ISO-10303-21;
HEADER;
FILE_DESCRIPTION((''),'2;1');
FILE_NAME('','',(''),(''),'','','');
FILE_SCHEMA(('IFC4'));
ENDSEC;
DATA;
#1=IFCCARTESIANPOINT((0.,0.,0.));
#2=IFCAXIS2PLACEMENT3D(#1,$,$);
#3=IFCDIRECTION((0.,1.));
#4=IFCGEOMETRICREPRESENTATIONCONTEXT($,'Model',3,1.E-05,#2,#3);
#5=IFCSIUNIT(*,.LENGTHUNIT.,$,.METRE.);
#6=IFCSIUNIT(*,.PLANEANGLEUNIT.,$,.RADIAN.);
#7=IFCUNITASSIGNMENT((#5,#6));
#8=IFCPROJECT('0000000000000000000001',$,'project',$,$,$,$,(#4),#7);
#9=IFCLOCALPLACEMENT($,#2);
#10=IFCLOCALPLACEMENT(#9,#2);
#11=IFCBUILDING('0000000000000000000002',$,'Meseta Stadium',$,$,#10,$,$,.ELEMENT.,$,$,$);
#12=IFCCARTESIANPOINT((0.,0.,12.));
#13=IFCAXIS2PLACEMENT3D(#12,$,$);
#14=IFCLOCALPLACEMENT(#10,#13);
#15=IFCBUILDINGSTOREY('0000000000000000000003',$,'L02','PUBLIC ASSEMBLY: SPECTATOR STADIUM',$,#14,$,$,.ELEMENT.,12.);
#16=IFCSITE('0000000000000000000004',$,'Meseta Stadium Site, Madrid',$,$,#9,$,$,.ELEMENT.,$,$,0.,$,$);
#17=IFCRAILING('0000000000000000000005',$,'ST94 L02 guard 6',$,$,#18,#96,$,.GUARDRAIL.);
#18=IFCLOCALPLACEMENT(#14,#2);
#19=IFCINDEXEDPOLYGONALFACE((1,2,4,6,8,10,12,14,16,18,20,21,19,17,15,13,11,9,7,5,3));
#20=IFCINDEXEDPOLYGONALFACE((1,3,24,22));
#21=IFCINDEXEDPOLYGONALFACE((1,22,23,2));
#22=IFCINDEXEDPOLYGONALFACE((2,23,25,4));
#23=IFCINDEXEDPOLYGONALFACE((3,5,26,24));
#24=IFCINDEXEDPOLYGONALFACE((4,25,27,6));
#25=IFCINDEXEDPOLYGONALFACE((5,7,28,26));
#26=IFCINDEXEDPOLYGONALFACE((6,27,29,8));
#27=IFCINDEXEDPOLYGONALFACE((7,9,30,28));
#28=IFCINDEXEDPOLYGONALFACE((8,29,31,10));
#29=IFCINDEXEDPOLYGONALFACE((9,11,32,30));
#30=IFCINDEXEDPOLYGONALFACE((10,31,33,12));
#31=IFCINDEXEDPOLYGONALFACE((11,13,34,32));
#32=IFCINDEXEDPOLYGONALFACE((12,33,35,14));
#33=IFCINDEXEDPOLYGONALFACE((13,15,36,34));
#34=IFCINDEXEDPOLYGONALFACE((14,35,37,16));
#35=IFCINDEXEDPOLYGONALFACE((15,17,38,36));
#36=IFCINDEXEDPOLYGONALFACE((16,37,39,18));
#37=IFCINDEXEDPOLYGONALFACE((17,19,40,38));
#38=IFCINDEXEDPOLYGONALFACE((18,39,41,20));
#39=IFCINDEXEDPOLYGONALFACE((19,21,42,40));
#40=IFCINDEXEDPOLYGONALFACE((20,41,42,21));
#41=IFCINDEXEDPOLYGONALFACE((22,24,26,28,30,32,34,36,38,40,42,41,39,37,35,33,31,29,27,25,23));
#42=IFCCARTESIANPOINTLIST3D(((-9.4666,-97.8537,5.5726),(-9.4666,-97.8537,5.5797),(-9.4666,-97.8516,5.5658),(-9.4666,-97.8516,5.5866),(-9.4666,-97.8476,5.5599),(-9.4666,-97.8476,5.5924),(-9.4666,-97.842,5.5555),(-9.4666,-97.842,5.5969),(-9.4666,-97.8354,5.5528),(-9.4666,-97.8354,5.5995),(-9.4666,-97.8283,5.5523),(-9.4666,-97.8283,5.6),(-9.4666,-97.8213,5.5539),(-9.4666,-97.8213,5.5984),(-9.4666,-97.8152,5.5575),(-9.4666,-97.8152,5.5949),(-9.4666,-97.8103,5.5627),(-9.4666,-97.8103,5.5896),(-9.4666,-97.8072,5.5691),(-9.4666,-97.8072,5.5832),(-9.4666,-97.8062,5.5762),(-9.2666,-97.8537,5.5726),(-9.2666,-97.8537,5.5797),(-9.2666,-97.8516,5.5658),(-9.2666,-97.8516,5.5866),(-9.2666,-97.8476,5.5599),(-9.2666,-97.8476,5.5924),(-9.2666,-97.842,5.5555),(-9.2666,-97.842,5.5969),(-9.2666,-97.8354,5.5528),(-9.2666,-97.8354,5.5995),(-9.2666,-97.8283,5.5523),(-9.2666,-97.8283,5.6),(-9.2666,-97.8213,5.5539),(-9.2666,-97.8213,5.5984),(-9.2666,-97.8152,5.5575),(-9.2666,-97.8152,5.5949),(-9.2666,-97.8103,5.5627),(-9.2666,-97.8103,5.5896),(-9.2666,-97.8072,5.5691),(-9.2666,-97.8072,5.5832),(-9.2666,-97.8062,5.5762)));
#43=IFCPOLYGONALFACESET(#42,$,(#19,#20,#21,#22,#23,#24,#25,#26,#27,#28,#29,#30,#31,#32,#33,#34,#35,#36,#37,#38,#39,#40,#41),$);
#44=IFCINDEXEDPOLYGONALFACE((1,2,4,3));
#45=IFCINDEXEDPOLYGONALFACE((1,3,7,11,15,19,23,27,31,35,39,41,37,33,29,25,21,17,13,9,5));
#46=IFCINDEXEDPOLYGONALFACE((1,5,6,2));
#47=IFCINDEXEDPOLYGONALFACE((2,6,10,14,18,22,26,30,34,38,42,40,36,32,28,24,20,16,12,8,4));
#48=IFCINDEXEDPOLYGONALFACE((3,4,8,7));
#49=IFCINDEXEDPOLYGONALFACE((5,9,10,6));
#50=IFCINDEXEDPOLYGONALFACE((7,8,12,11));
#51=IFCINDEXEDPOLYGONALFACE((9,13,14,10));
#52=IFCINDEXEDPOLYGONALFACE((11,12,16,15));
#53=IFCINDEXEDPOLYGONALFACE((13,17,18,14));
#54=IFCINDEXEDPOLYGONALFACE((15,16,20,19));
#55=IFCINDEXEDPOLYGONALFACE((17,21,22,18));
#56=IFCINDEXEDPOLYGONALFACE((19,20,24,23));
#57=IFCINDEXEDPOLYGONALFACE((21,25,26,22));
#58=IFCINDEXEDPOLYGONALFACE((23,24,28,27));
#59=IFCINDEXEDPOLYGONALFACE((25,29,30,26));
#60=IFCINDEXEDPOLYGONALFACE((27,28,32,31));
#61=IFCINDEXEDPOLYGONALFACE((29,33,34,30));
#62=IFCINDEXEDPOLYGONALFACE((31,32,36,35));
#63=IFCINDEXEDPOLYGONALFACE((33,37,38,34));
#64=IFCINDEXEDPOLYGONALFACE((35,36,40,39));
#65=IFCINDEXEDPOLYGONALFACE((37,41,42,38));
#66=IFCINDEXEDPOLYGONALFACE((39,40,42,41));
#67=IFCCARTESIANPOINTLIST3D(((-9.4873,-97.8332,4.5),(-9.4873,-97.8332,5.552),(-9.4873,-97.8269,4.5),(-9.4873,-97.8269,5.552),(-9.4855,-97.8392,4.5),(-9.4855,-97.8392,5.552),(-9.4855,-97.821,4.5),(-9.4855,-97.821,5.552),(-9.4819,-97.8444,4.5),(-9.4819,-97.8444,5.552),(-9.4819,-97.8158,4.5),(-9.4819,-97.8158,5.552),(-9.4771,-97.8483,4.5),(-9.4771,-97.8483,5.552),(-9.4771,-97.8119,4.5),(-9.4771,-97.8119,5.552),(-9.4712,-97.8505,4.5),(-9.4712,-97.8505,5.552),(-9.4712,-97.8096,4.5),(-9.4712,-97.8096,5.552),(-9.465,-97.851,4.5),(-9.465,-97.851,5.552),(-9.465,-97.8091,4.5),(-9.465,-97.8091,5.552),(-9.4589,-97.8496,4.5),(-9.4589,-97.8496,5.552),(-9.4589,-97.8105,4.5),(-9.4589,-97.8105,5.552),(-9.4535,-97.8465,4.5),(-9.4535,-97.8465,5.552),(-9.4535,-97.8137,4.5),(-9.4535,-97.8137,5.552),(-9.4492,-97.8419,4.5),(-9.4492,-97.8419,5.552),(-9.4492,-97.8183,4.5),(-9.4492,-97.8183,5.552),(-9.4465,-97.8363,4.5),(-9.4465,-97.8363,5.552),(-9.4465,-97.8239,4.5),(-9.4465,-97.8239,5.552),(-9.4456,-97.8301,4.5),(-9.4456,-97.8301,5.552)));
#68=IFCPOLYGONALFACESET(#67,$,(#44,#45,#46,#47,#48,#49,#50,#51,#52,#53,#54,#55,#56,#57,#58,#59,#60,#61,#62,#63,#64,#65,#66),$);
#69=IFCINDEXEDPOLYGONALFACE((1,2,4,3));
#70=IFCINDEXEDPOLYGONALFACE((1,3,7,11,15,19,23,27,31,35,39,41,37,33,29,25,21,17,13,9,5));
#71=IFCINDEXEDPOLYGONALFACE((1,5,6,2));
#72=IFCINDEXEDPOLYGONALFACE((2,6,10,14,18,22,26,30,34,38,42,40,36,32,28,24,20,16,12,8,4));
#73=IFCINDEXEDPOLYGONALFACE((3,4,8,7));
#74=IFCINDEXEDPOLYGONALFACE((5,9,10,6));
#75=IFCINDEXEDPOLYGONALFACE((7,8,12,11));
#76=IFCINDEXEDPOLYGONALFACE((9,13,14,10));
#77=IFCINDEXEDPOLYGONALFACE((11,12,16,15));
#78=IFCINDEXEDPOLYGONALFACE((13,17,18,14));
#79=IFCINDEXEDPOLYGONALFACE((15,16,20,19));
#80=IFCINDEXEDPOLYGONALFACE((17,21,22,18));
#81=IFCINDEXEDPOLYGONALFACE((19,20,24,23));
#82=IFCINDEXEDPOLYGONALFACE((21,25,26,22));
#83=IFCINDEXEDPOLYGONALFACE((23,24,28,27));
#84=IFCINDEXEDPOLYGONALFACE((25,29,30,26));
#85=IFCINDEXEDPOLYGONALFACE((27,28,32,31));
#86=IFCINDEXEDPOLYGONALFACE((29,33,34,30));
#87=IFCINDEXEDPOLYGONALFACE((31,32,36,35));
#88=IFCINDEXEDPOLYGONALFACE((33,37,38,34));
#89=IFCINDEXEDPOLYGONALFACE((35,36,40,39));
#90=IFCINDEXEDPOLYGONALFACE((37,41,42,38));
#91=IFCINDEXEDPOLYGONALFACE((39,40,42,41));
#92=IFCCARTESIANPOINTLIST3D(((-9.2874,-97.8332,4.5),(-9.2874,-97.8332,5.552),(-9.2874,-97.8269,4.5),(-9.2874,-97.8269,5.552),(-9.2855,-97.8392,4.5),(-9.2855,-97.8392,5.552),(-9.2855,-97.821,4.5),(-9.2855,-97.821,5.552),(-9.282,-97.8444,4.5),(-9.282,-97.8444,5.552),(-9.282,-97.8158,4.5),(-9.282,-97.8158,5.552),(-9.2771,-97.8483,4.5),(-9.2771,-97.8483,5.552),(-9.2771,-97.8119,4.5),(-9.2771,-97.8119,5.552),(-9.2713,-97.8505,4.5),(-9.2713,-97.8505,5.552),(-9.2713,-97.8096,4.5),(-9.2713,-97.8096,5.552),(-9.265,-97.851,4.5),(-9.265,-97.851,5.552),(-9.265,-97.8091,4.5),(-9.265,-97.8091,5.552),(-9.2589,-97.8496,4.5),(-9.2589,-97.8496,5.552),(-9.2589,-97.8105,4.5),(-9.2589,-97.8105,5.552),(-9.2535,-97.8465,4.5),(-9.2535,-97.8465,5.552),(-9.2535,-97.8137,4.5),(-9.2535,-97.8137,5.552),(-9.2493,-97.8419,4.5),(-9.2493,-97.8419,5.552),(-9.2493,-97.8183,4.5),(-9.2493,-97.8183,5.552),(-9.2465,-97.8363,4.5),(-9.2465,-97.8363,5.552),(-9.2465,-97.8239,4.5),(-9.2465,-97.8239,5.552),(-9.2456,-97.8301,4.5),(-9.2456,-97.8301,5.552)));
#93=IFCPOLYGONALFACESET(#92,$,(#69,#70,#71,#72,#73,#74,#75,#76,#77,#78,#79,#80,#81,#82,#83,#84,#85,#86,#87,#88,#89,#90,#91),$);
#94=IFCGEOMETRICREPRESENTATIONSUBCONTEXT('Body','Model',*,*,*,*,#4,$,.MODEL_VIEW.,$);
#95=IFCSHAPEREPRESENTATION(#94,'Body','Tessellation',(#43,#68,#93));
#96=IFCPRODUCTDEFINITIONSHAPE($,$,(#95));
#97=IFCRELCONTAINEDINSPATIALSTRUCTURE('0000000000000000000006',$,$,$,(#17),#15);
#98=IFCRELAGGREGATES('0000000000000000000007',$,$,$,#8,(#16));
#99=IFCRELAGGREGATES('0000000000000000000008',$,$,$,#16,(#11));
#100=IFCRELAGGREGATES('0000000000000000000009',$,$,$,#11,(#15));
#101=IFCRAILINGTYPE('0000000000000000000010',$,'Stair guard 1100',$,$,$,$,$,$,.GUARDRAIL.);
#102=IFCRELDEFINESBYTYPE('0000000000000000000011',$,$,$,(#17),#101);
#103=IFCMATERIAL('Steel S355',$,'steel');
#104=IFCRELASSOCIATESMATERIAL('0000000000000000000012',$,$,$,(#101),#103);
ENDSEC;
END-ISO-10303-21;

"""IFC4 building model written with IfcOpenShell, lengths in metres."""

from ifc_helpers import new_model, si_unit, direction, frame, origin, origin_2d, place, context, subcontext, project, spatial, circle, extrude, material, type_object, element, save


model = new_model("IFC4")

# Units and contexts
model_context = context("Model", 3, precision=1e-05, world=origin(), true_north=direction((0.0, 1.0)))
body_context = subcontext(model_context, "Body", "Model", "MODEL_VIEW")
ifc_project = project(units=[si_unit("LENGTHUNIT", "METRE"), si_unit("PLANEANGLEUNIT", "RADIAN")], contexts=[model_context])

# Site, building, storey
site_placement = place(None, origin())
site = spatial("IfcSite", under=ifc_project, at=site_placement, Name="Meseta Stadium Site, Madrid", CompositionType="ELEMENT", RefElevation=0.0)
building_placement = place(site_placement, origin())
building = spatial("IfcBuilding", under=site, at=building_placement, Name="Meseta Stadium", CompositionType="ELEMENT")
storey_placement = place(building_placement, frame((0.0, 0.0, 12.0)))
storey = spatial("IfcBuildingStorey", under=building, at=storey_placement, Name="L02", Description="PUBLIC ASSEMBLY: SPECTATOR STADIUM", CompositionType="ELEMENT", Elevation=12.0)

# Railing
ifc_material_1 = material(Name="Steel S355", Category="steel")
railing_type_1 = type_object("IfcRailingType", Name="Stair guard 1100", PredefinedType="GUARDRAIL", material=ifc_material_1)
railing_1_placement = place(storey_placement, frame((-9.4666, -97.8301, 4.5)))
element("IfcRailing", 1, at=railing_1_placement, inside=storey, type_object=railing_type_1, Name="ST94 L02 guard 6", PredefinedType="GUARDRAIL", context=body_context, shape_type="SweptSolid", body=[
    extrude(circle(Radius=0.0239, at=origin_2d()), frame((0.0, 0.0, 1.0762), z_axis=(1.0, 0.0, 0.0), x_axis=(0.0, 1.0, 0.0)), (0.0, 0.0, 1.0), 0.2),
    extrude(circle(Radius=0.021, at=origin_2d()), origin(), (0.0, 0.0, 1.0), 1.052),
    extrude(circle(Radius=0.021, at=origin_2d()), frame((0.2, 0.0, 0.0)), (0.0, 0.0, 1.0), 1.052),
])

save(model, "model.ifc")
